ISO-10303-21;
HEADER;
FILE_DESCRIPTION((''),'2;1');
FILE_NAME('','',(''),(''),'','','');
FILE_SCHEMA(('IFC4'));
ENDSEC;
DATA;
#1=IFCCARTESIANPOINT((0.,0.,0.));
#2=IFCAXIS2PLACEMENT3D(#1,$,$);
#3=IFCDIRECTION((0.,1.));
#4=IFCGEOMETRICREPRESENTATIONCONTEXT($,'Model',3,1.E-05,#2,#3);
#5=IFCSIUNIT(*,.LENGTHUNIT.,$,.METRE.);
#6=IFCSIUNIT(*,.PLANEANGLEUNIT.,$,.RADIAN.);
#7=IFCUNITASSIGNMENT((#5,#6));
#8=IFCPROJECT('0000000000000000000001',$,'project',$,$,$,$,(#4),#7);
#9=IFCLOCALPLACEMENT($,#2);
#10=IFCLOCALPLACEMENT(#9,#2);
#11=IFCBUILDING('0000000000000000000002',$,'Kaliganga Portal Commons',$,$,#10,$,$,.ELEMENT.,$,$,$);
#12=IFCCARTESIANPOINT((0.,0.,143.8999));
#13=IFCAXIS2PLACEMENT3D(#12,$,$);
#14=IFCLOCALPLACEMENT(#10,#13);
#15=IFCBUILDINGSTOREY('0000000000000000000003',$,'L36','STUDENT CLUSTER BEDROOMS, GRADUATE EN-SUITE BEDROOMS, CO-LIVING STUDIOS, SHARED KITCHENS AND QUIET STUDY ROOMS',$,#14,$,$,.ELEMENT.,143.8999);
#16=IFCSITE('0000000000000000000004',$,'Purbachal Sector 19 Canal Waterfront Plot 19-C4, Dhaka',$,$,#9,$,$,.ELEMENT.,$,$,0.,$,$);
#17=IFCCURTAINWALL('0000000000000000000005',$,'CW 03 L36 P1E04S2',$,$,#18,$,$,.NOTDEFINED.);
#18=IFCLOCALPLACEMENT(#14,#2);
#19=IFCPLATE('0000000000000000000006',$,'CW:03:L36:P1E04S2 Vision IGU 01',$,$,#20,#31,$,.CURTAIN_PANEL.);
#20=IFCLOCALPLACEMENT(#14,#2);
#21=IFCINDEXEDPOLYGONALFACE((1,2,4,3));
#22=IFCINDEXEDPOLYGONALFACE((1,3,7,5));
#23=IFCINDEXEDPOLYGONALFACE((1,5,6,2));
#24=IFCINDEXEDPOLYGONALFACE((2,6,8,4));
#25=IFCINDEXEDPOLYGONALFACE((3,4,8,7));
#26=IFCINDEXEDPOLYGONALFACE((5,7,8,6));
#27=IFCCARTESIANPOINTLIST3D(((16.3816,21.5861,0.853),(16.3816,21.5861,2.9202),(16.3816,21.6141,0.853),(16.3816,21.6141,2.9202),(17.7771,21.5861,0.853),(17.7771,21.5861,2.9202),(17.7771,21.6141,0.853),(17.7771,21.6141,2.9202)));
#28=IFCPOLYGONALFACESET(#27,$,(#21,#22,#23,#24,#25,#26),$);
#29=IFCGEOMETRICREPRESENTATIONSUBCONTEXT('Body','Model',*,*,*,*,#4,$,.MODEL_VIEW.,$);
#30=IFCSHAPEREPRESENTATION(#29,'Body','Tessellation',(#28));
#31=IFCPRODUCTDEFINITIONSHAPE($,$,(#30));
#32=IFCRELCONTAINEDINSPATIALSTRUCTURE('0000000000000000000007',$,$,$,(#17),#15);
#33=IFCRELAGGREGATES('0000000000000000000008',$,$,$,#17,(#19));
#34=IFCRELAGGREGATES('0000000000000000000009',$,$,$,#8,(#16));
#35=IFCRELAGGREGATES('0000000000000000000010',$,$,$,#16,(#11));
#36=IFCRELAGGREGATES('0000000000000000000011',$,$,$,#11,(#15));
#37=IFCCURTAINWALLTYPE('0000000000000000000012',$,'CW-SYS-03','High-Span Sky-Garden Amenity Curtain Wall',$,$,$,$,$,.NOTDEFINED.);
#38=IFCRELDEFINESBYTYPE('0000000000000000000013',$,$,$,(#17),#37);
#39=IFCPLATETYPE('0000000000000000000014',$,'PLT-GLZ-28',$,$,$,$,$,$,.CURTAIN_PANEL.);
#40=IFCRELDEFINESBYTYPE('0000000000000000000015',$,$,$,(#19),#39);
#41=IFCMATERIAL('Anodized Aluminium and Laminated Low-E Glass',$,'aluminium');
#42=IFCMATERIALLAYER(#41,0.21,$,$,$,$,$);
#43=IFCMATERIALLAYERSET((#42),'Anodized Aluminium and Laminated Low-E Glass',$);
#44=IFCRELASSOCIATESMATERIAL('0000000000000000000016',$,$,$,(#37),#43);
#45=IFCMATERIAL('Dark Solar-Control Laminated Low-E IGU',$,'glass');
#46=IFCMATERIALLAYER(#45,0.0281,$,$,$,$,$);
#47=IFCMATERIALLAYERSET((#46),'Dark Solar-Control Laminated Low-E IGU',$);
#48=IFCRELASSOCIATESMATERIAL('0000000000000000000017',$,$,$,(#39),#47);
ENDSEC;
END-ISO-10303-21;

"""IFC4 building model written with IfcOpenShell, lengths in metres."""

from ifc_helpers import new_model, si_unit, direction, frame, origin, origin_2d, place, context, subcontext, project, spatial, rectangle, extrude, source, transform, mapped, material, layer, layer_set, type_object, element, aggregate, save


model = new_model("IFC4")

# Units and contexts
model_context = context("Model", 3, precision=1e-05, world=origin(), true_north=direction((0.0, 1.0)))
body_context = subcontext(model_context, "Body", "Model", "MODEL_VIEW")
ifc_project = project(units=[si_unit("LENGTHUNIT", "METRE"), si_unit("PLANEANGLEUNIT", "RADIAN")], contexts=[model_context])

# Site, building, storey
site_placement = place(None, origin())
site = spatial("IfcSite", under=ifc_project, at=site_placement, Name="Purbachal Sector 19 Canal Waterfront Plot 19-C4, Dhaka", CompositionType="ELEMENT", RefElevation=0.0)
building_placement = place(site_placement, origin())
building = spatial("IfcBuilding", under=site, at=building_placement, Name="Kaliganga Portal Commons", CompositionType="ELEMENT")
storey_placement = place(building_placement, frame((0.0, 0.0, 143.8999)))
storey = spatial("IfcBuildingStorey", under=building, at=storey_placement, Name="L36", Description="STUDENT CLUSTER BEDROOMS, GRADUATE EN-SUITE BEDROOMS, CO-LIVING STUDIOS, SHARED KITCHENS AND QUIET STUDY ROOMS", CompositionType="ELEMENT", Elevation=143.8999)

# Curtain wall
ifc_material_1 = material(Name="Anodized Aluminium and Laminated Low-E Glass", Category="aluminium")
ifc_layer_1 = layer(ifc_material_1, 0.21)
ifc_layer_set_1 = layer_set([ifc_layer_1], Name="Anodized Aluminium and Laminated Low-E Glass")
curtain_wall_type = type_object("IfcCurtainWallType", Name="CW-SYS-03", Description="High-Span Sky-Garden Amenity Curtain Wall", PredefinedType="NOTDEFINED", material=ifc_layer_set_1)
curtain_wall_1_placement = place(storey_placement, origin())
curtain_wall_1 = element("IfcCurtainWall", 1, at=curtain_wall_1_placement, inside=storey, type_object=curtain_wall_type, Name="CW 03 L36 P1E04S2", PredefinedType="NOTDEFINED")

# Plate
ifc_material_2 = material(Name="Dark Solar-Control Laminated Low-E IGU", Category="glass")
ifc_layer_2 = layer(ifc_material_2, 0.0281)
ifc_layer_set_2 = layer_set([ifc_layer_2], Name="Dark Solar-Control Laminated Low-E IGU")
plate_type_1 = type_object("IfcPlateType", Name="PLT-GLZ-28", PredefinedType="CURTAIN_PANEL", material=ifc_layer_set_2)
shared_shape_1 = source(origin(), body_context, "Body", "SweptSolid", [
    extrude(rectangle(XDim=1.3955, YDim=0.0281, at=origin_2d()), origin(), (0.0, 0.0, 1.0), 2.0671),
])
plate_1_placement = place(storey_placement, frame((17.0793, 21.6001, 0.853), z_axis=(0.0, 0.0, 1.0), x_axis=(1.0, 0.0, 0.0)))
plate_1 = element("IfcPlate", 2, at=plate_1_placement, type_object=plate_type_1, Name="CW:03:L36:P1E04S2 Vision IGU 01", PredefinedType="CURTAIN_PANEL", context=body_context, shape_type="MappedRepresentation", body=[
    mapped(shared_shape_1, transform((0.0, 0.0, 0.0), x_axis=(1.0, 0.0, 0.0), y_axis=(0.0, 1.0, 0.0), z_axis=(0.0, 0.0, 1.0), scale=1.0)),
])
aggregate(curtain_wall_1, [plate_1])

save(model, "model.ifc")
